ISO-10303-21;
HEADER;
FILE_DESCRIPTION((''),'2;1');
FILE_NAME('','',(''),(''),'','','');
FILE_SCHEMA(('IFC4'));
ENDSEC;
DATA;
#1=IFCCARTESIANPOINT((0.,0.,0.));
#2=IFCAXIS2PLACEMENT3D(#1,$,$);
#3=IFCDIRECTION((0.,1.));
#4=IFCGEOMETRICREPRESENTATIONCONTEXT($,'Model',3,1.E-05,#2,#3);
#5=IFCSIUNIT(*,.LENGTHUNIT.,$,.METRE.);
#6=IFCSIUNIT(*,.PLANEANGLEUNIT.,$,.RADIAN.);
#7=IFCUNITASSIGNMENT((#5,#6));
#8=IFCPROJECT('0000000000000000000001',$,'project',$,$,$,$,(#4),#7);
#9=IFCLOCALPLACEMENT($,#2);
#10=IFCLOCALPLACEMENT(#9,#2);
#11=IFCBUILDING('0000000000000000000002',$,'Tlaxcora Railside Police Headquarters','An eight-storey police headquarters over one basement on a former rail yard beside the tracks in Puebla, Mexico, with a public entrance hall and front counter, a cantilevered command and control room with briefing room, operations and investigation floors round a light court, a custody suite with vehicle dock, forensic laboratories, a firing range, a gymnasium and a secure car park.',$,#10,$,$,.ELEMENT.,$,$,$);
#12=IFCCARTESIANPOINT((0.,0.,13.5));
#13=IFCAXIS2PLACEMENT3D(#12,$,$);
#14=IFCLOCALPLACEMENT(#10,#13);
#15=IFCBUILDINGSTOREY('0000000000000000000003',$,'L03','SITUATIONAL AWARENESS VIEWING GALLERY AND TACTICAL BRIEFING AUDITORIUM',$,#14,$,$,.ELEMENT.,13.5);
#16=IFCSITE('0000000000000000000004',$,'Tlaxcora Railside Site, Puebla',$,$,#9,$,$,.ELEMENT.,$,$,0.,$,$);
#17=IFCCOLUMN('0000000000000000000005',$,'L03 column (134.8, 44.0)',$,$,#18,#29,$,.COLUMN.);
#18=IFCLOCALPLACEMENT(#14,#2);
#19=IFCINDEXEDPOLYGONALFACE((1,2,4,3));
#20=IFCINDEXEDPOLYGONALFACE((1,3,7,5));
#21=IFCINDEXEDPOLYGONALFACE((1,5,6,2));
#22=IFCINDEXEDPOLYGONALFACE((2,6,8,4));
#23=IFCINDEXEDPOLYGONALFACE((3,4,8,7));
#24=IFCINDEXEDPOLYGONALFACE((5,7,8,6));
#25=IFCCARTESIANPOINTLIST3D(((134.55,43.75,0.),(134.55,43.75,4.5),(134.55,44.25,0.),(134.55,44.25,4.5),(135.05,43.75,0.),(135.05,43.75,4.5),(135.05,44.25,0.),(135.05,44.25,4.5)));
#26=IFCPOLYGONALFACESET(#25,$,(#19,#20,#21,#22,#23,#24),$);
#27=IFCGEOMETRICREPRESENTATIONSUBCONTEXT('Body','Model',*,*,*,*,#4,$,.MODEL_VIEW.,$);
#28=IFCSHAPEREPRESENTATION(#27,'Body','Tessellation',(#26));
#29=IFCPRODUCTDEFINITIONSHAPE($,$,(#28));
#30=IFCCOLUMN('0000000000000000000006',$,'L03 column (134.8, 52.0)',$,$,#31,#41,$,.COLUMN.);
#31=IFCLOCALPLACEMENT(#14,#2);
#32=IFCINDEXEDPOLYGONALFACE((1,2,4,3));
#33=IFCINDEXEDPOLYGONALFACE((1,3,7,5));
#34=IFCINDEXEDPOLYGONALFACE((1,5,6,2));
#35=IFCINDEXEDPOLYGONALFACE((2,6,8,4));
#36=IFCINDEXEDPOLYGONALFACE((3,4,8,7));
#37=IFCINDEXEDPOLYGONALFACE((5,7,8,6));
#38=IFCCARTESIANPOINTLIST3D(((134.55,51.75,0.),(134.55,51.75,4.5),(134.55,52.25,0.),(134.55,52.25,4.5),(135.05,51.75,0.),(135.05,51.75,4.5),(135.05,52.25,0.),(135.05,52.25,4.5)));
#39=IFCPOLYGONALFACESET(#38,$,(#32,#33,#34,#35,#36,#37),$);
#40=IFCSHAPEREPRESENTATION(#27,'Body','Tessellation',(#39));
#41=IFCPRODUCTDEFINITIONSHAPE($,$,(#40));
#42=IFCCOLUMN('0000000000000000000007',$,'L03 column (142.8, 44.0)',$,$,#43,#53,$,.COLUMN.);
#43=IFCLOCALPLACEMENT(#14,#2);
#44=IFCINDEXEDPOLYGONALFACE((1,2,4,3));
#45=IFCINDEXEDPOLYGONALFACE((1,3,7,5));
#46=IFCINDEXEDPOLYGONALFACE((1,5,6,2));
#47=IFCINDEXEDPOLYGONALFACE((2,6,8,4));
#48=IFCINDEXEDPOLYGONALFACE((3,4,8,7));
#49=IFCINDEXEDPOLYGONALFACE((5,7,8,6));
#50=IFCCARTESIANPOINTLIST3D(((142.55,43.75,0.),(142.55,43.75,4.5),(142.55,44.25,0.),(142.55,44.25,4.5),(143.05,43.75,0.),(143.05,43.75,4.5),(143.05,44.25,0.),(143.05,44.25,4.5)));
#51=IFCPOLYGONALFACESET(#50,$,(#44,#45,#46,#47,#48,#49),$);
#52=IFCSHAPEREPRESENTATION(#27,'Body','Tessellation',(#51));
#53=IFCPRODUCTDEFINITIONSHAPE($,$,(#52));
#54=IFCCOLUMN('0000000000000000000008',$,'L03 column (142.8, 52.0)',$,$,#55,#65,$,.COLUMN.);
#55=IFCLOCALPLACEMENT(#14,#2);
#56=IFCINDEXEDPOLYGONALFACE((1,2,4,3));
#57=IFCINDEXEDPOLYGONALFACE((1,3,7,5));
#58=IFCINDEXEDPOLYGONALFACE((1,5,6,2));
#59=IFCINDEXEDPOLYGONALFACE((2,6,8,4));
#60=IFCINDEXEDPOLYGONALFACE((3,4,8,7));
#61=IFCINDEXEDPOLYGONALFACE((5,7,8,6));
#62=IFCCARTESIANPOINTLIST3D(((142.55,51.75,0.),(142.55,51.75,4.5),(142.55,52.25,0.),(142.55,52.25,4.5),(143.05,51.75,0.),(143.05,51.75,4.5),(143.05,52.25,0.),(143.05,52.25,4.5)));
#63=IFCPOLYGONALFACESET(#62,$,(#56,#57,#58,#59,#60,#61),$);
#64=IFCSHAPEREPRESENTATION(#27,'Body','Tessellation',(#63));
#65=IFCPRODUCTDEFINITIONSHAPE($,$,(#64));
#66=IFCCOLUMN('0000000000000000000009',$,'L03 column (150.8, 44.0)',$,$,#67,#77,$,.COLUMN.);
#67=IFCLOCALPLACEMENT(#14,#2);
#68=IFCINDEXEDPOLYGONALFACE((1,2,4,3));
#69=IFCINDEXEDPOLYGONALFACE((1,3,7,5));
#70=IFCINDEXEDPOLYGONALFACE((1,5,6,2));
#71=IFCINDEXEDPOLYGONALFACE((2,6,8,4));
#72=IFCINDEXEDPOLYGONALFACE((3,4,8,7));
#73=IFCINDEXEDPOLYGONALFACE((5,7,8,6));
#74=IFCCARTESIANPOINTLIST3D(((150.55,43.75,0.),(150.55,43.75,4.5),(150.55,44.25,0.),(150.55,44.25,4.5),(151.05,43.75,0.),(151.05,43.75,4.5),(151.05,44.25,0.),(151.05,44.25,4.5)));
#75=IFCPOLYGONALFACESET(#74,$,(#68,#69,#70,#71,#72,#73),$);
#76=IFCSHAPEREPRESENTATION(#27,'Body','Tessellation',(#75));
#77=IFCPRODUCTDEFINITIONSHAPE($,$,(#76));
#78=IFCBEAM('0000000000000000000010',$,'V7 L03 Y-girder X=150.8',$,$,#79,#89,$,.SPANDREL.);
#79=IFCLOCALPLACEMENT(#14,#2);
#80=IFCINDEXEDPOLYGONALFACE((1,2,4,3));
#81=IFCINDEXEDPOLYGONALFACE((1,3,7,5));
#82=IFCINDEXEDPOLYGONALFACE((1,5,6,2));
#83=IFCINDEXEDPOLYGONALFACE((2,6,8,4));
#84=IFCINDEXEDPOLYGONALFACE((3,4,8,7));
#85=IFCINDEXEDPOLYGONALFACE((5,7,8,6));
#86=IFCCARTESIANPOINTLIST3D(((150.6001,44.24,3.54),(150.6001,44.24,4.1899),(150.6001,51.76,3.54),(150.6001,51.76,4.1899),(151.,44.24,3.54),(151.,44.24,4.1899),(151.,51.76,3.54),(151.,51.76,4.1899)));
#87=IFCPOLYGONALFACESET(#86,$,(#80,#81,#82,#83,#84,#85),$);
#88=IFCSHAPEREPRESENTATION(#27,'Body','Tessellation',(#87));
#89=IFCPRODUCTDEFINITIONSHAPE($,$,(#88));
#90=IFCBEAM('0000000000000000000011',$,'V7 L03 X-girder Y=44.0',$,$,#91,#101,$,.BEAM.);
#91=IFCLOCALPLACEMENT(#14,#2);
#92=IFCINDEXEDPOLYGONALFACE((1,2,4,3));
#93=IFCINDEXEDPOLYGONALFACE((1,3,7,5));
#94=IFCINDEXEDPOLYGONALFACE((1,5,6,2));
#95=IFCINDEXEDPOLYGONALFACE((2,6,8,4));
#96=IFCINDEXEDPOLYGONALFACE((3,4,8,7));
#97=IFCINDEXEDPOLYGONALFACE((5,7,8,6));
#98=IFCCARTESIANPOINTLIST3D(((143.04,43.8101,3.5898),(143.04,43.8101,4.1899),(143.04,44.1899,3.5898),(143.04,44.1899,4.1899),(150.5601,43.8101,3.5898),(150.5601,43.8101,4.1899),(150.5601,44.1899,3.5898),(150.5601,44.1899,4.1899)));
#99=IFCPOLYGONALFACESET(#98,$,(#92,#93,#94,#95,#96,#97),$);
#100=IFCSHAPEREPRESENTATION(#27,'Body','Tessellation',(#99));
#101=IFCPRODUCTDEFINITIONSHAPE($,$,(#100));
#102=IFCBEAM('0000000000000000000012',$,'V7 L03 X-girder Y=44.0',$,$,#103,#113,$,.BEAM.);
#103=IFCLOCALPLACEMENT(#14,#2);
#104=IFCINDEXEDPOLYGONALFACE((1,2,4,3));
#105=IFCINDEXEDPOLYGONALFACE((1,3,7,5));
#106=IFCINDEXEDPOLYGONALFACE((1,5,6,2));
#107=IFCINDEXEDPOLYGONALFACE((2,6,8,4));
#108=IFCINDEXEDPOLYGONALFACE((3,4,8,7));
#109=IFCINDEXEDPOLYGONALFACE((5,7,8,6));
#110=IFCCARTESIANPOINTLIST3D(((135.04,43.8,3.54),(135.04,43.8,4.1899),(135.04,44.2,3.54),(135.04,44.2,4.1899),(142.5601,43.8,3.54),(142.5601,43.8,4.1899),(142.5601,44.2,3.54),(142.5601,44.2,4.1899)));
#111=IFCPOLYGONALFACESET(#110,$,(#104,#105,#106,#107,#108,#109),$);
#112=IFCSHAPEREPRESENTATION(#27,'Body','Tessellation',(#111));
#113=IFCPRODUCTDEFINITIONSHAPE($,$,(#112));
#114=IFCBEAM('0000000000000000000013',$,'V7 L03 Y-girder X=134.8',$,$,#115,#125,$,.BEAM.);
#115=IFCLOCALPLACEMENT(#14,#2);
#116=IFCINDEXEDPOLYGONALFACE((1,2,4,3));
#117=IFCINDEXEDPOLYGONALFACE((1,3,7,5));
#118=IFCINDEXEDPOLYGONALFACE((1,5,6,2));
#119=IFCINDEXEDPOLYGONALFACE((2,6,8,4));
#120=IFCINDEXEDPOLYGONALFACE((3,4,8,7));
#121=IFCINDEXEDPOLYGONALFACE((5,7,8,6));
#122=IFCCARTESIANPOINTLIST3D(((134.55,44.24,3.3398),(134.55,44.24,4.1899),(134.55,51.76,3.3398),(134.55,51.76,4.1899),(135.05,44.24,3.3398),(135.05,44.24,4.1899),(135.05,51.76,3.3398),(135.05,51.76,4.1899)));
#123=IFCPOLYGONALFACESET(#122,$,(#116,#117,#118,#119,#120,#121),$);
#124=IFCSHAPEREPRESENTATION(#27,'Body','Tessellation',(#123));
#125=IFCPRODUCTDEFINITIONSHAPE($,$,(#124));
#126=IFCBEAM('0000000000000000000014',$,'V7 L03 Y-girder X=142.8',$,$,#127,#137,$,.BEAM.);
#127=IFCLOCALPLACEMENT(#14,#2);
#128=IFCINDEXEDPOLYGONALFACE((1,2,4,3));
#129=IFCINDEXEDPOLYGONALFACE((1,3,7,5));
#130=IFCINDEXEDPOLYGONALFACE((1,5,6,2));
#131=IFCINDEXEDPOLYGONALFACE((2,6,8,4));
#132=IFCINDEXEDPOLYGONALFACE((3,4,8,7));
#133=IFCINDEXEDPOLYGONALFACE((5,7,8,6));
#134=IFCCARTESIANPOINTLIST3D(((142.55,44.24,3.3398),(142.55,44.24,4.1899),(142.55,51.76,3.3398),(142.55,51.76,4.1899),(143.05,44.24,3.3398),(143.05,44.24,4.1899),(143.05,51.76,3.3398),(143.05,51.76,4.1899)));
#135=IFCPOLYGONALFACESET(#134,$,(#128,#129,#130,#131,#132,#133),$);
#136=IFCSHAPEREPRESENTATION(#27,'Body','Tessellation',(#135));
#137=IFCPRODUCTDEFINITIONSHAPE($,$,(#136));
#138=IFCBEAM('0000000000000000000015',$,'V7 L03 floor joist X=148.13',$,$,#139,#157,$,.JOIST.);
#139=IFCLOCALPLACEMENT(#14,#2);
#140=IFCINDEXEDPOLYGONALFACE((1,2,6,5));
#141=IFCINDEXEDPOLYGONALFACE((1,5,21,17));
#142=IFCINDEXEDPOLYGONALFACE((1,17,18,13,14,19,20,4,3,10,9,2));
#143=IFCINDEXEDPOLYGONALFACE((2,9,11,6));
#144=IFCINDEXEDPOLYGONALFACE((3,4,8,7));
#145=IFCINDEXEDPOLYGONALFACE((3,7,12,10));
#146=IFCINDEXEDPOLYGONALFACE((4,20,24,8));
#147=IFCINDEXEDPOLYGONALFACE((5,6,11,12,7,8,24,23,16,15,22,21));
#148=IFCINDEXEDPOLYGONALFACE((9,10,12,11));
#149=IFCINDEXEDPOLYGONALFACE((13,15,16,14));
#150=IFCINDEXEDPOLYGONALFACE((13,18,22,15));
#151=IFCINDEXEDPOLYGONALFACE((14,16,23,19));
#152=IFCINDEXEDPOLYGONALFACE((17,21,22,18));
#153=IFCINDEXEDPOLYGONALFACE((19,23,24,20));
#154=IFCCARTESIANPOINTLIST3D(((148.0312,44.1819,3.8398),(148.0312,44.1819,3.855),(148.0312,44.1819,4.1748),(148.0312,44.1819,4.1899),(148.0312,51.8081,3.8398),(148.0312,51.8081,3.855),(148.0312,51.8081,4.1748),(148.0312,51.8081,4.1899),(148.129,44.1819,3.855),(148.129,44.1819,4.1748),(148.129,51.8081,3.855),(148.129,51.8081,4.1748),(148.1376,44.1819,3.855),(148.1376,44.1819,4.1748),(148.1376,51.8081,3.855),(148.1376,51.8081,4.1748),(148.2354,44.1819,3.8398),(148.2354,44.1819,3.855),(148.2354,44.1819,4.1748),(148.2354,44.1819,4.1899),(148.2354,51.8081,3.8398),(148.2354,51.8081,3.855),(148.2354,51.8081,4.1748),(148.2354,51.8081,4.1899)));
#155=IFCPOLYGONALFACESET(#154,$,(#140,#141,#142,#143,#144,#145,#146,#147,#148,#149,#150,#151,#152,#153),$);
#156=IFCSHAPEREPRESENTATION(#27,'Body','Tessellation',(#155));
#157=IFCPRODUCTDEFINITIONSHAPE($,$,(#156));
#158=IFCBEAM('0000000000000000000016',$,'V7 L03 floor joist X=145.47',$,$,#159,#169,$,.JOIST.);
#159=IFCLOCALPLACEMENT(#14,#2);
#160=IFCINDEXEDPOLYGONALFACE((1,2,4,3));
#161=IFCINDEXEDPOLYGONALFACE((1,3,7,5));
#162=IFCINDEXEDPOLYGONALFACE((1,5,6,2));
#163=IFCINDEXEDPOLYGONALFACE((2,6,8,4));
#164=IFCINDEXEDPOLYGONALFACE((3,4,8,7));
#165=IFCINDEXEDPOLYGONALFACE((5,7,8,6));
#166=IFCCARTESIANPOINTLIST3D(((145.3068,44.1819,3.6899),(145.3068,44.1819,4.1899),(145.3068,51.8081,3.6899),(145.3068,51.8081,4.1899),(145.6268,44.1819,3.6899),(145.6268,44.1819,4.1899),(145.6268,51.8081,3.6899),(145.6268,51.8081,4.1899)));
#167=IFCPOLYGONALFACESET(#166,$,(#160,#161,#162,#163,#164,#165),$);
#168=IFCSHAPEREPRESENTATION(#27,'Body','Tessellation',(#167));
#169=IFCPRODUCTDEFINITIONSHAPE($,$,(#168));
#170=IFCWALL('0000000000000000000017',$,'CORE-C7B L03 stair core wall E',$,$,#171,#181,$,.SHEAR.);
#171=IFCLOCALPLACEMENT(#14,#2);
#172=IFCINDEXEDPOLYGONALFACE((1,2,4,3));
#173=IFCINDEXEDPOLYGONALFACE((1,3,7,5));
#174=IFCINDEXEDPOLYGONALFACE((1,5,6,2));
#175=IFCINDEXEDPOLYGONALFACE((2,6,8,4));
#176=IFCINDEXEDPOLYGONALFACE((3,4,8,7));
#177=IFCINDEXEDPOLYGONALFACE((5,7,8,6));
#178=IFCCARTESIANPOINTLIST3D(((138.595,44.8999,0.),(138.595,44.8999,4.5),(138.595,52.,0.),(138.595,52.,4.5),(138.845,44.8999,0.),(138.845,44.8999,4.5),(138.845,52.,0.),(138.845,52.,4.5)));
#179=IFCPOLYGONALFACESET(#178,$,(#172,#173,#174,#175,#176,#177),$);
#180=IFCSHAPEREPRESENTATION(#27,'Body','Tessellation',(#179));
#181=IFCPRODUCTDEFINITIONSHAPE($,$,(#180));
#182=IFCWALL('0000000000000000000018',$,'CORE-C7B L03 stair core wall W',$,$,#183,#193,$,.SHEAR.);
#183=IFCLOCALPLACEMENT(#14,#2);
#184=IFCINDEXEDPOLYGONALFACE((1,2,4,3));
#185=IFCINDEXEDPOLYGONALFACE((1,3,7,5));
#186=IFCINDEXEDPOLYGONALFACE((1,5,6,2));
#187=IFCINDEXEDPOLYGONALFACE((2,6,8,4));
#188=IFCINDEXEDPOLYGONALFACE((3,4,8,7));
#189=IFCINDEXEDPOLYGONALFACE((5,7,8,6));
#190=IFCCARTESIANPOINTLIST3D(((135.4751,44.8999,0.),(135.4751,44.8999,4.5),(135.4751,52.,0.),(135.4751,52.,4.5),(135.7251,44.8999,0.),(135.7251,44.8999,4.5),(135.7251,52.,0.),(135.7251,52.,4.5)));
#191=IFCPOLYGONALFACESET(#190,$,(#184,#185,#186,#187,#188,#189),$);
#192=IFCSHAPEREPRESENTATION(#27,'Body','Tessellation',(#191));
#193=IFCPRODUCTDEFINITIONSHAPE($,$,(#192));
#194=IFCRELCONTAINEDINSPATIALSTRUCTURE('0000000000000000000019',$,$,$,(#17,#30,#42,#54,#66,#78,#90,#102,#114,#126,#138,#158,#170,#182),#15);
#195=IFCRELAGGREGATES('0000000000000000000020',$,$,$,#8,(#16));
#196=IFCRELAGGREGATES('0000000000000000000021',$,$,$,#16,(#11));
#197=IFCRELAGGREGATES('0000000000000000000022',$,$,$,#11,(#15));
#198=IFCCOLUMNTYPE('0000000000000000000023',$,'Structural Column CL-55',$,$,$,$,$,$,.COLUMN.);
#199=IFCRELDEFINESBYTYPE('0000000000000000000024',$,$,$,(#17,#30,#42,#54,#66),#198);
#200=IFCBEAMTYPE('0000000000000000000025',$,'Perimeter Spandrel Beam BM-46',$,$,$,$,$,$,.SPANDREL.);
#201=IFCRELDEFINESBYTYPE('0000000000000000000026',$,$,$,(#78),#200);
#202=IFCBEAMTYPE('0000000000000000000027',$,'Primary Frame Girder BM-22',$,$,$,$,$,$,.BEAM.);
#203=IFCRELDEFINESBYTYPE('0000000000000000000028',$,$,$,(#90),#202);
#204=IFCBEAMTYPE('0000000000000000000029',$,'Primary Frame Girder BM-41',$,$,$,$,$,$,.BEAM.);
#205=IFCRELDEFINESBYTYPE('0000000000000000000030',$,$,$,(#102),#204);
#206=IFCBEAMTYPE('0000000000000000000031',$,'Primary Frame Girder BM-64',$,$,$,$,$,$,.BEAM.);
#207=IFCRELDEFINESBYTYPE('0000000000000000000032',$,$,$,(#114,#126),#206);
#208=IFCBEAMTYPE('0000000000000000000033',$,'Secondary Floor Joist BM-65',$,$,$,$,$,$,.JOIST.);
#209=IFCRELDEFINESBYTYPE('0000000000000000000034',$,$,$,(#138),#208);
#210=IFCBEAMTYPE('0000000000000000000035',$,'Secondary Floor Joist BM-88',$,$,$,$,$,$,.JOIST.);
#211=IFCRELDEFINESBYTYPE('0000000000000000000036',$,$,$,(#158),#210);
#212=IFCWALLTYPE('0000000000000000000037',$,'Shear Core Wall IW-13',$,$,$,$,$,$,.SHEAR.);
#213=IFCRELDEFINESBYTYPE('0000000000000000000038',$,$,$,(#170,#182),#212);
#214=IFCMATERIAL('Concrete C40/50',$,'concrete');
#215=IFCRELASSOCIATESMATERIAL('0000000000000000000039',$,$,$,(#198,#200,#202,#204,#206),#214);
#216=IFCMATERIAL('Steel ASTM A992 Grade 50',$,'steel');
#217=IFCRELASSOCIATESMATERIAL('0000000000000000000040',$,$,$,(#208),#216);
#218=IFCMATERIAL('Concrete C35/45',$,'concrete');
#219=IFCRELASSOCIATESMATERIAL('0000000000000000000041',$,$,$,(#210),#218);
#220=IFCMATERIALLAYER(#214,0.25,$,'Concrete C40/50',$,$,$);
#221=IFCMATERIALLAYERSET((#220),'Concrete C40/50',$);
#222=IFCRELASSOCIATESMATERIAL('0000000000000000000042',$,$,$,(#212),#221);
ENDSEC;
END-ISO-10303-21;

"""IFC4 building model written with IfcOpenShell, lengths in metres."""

from ifc_helpers import new_model, si_unit, direction, frame, frame_2d, origin, origin_2d, place, context, subcontext, project, spatial, rectangle, i_section, extrude, material, layer, layer_set, material_profile, profile_set, type_object, element, save


model = new_model("IFC4")

# Units and contexts
model_context = context("Model", 3, precision=1e-05, world=origin(), true_north=direction((0.0, 1.0)))
body_context = subcontext(model_context, "Body", "Model", "MODEL_VIEW")
ifc_project = project(units=[si_unit("LENGTHUNIT", "METRE"), si_unit("PLANEANGLEUNIT", "RADIAN")], contexts=[model_context])

# Site, building, storey
site_placement = place(None, origin())
site = spatial("IfcSite", under=ifc_project, at=site_placement, Name="Tlaxcora Railside Site, Puebla", CompositionType="ELEMENT", RefElevation=0.0)
building_placement = place(site_placement, origin())
building = spatial("IfcBuilding", under=site, at=building_placement, Name="Tlaxcora Railside Police Headquarters", Description="An eight-storey police headquarters over one basement on a former rail yard beside the tracks in Puebla, Mexico, with a public entrance hall and front counter, a cantilevered command and control room with briefing room, operations and investigation floors round a light court, a custody suite with vehicle dock, forensic laboratories, a firing range, a gymnasium and a secure car park.", CompositionType="ELEMENT")
storey_placement = place(building_placement, frame((0.0, 0.0, 13.5)))
storey = spatial("IfcBuildingStorey", under=building, at=storey_placement, Name="L03", Description="SITUATIONAL AWARENESS VIEWING GALLERY AND TACTICAL BRIEFING AUDITORIUM", CompositionType="ELEMENT", Elevation=13.5)

# Columns
ifc_material_1 = material(Name="Concrete C40/50", Category="concrete")
ifc_material_profile_1 = material_profile(ifc_material_1, rectangle(XDim=0.5, YDim=0.5, at=origin_2d()), Name="RC500X500")
ifc_profile_set_1 = profile_set([ifc_material_profile_1], Name="Concrete C40/50")
column_type = type_object("IfcColumnType", Name="Structural Column CL-55", PredefinedType="COLUMN", material=ifc_profile_set_1)
for number, where, z_axis, x_axis, name in (
    (1, (134.8, 44.0, 0.0), (0.0, 0.0, 1.0), (1.0, 0.0, 0.0), "L03 column (134.8, 44.0)"),
    (2, (134.8, 52.0, 0.0), (0.0, 0.0, 1.0), (1.0, 0.0, 0.0), "L03 column (134.8, 52.0)"),
    (3, (142.8, 44.0, 0.0), (0.0, 0.0, 1.0), (1.0, 0.0, 0.0), "L03 column (142.8, 44.0)"),
    (4, (142.8, 52.0, 0.0), (0.0, 0.0, 1.0), (1.0, 0.0, 0.0), "L03 column (142.8, 52.0)"),
    (5, (150.8, 44.0, 0.0), (0.0, 0.0, 1.0), (1.0, 0.0, 0.0), "L03 column (150.8, 44.0)"),
):
    element("IfcColumn", number, at=place(storey_placement, frame(where, z_axis=z_axis, x_axis=x_axis)), inside=storey, type_object=column_type, Name=name, PredefinedType="COLUMN", context=body_context, shape_type="SweptSolid", body=[
        extrude(rectangle(XDim=0.5, YDim=0.5, at=origin_2d()), origin(), (0.0, 0.0, 1.0), 4.5),
    ])

# Beams
ifc_material_profile_2 = material_profile(ifc_material_1, rectangle(XDim=0.3999, YDim=0.6499, at=origin_2d()), Name="RC400X650")
ifc_profile_set_2 = profile_set([ifc_material_profile_2], Name="Concrete C40/50")
beam_type_1 = type_object("IfcBeamType", Name="Perimeter Spandrel Beam BM-46", PredefinedType="SPANDREL", material=ifc_profile_set_2)
beam_1_placement = place(storey_placement, frame((150.8, 44.24, 3.865), z_axis=(0.0, 1.0, 0.0), x_axis=(-1.0, 0.0, 0.0)))
element("IfcBeam", 6, at=beam_1_placement, inside=storey, type_object=beam_type_1, Name="V7 L03 Y-girder X=150.8", PredefinedType="SPANDREL", context=body_context, shape_type="SweptSolid", body=[
    extrude(rectangle(XDim=0.3999, YDim=0.6499, at=origin_2d()), origin(), (0.0, 0.0, 1.0), 7.52),
])
ifc_material_profile_3 = material_profile(ifc_material_1, rectangle(XDim=0.3799, YDim=0.6001, at=origin_2d()), Name="RC380X600")
ifc_profile_set_3 = profile_set([ifc_material_profile_3], Name="Concrete C40/50")
beam_type_2 = type_object("IfcBeamType", Name="Primary Frame Girder BM-22", PredefinedType="BEAM", material=ifc_profile_set_3)
beam_2_placement = place(storey_placement, frame((143.04, 44.0, 3.8899), z_axis=(1.0, 0.0, 0.0), x_axis=(0.0, 1.0, 0.0)))
element("IfcBeam", 7, at=beam_2_placement, inside=storey, type_object=beam_type_2, Name="V7 L03 X-girder Y=44.0", PredefinedType="BEAM", context=body_context, shape_type="SweptSolid", body=[
    extrude(rectangle(XDim=0.3799, YDim=0.6001, at=origin_2d()), origin(), (0.0, 0.0, 1.0), 7.52),
])
ifc_material_profile_4 = material_profile(ifc_material_1, rectangle(XDim=0.3999, YDim=0.6499, at=origin_2d()), Name="RC400X650")
ifc_profile_set_4 = profile_set([ifc_material_profile_4], Name="Concrete C40/50")
beam_type_3 = type_object("IfcBeamType", Name="Primary Frame Girder BM-41", PredefinedType="BEAM", material=ifc_profile_set_4)
beam_3_placement = place(storey_placement, frame((135.04, 44.0, 3.865), z_axis=(1.0, 0.0, 0.0), x_axis=(0.0, 1.0, 0.0)))
element("IfcBeam", 8, at=beam_3_placement, inside=storey, type_object=beam_type_3, Name="V7 L03 X-girder Y=44.0", PredefinedType="BEAM", context=body_context, shape_type="SweptSolid", body=[
    extrude(rectangle(XDim=0.3999, YDim=0.6499, at=origin_2d()), origin(), (0.0, 0.0, 1.0), 7.52),
])
ifc_material_profile_5 = material_profile(ifc_material_1, rectangle(XDim=0.5, YDim=0.8501, at=origin_2d()), Name="RC500X850")
ifc_profile_set_5 = profile_set([ifc_material_profile_5], Name="Concrete C40/50")
beam_type_4 = type_object("IfcBeamType", Name="Primary Frame Girder BM-64", PredefinedType="BEAM", material=ifc_profile_set_5)
for number, where, z_axis, x_axis, name in (
    (9, (134.8, 44.24, 3.7649), (0.0, 1.0, 0.0), (-1.0, 0.0, 0.0), "V7 L03 Y-girder X=134.8"),
    (10, (142.8, 44.24, 3.7649), (0.0, 1.0, 0.0), (-1.0, 0.0, 0.0), "V7 L03 Y-girder X=142.8"),
):
    element("IfcBeam", number, at=place(storey_placement, frame(where, z_axis=z_axis, x_axis=x_axis)), inside=storey, type_object=beam_type_4, Name=name, PredefinedType="BEAM", context=body_context, shape_type="SweptSolid", body=[
        extrude(rectangle(XDim=0.5, YDim=0.8501, at=origin_2d()), origin(), (0.0, 0.0, 1.0), 7.52),
    ])
ifc_material_2 = material(Name="Steel ASTM A992 Grade 50", Category="steel")
ifc_material_profile_6 = material_profile(ifc_material_2, i_section(OverallWidth=0.2041, OverallDepth=0.3501, WebThickness=0.0085, FlangeThickness=0.0151, at=origin_2d()), Name="W14X48")
ifc_profile_set_6 = profile_set([ifc_material_profile_6], Name="Steel ASTM A992 Grade 50")
beam_type_5 = type_object("IfcBeamType", Name="Secondary Floor Joist BM-65", PredefinedType="JOIST", material=ifc_profile_set_6)
beam_4_placement = place(storey_placement, frame((148.1333, 44.1819, 4.0149), z_axis=(0.0, 1.0, 0.0), x_axis=(-1.0, 0.0, 0.0)))
element("IfcBeam", 11, at=beam_4_placement, inside=storey, type_object=beam_type_5, Name="V7 L03 floor joist X=148.13", PredefinedType="JOIST", context=body_context, shape_type="SweptSolid", body=[
    extrude(i_section(OverallWidth=0.2041, OverallDepth=0.3501, WebThickness=0.0085, FlangeThickness=0.0151, at=origin_2d()), origin(), (0.0, 0.0, 1.0), 7.6262),
])
ifc_material_3 = material(Name="Concrete C35/45", Category="concrete")
ifc_material_profile_7 = material_profile(ifc_material_3, rectangle(XDim=0.3201, YDim=0.5, at=origin_2d()), Name="RC320X500")
ifc_profile_set_7 = profile_set([ifc_material_profile_7], Name="Concrete C35/45")
beam_type_6 = type_object("IfcBeamType", Name="Secondary Floor Joist BM-88", PredefinedType="JOIST", material=ifc_profile_set_7)
beam_5_placement = place(storey_placement, frame((145.4668, 44.1819, 3.9399), z_axis=(0.0, 1.0, 0.0), x_axis=(-1.0, 0.0, 0.0)))
element("IfcBeam", 12, at=beam_5_placement, inside=storey, type_object=beam_type_6, Name="V7 L03 floor joist X=145.47", PredefinedType="JOIST", context=body_context, shape_type="SweptSolid", body=[
    extrude(rectangle(XDim=0.3201, YDim=0.5, at=origin_2d()), origin(), (0.0, 0.0, 1.0), 7.6262),
])

# Shared definitions
ifc_layer_1 = layer(ifc_material_1, 0.25, Name="Concrete C40/50")
ifc_layer_set_1 = layer_set([ifc_layer_1], Name="Concrete C40/50")
wall_type_1 = type_object("IfcWallType", Name="Shear Core Wall IW-13", PredefinedType="SHEAR", material=ifc_layer_set_1)

# Walls
for number, where, z_axis, x_axis, name in (
    (13, (138.72, 44.8999, 0.0), (0.0, 0.0, 1.0), (0.0, 1.0, 0.0), "CORE-C7B L03 stair core wall E"),
    (14, (135.6001, 52.0, 0.0), (0.0, 0.0, 1.0), (0.0, -1.0, 0.0), "CORE-C7B L03 stair core wall W"),
):
    element("IfcWall", number, at=place(storey_placement, frame(where, z_axis=z_axis, x_axis=x_axis)), inside=storey, type_object=wall_type_1, Name=name, PredefinedType="SHEAR", context=body_context, shape_type="SweptSolid", body=[
        extrude(rectangle(XDim=7.1001, YDim=0.25, at=frame_2d((3.55, 0.0))), origin(), (0.0, 0.0, 1.0), 4.5),
    ])

save(model, "model.ifc")
